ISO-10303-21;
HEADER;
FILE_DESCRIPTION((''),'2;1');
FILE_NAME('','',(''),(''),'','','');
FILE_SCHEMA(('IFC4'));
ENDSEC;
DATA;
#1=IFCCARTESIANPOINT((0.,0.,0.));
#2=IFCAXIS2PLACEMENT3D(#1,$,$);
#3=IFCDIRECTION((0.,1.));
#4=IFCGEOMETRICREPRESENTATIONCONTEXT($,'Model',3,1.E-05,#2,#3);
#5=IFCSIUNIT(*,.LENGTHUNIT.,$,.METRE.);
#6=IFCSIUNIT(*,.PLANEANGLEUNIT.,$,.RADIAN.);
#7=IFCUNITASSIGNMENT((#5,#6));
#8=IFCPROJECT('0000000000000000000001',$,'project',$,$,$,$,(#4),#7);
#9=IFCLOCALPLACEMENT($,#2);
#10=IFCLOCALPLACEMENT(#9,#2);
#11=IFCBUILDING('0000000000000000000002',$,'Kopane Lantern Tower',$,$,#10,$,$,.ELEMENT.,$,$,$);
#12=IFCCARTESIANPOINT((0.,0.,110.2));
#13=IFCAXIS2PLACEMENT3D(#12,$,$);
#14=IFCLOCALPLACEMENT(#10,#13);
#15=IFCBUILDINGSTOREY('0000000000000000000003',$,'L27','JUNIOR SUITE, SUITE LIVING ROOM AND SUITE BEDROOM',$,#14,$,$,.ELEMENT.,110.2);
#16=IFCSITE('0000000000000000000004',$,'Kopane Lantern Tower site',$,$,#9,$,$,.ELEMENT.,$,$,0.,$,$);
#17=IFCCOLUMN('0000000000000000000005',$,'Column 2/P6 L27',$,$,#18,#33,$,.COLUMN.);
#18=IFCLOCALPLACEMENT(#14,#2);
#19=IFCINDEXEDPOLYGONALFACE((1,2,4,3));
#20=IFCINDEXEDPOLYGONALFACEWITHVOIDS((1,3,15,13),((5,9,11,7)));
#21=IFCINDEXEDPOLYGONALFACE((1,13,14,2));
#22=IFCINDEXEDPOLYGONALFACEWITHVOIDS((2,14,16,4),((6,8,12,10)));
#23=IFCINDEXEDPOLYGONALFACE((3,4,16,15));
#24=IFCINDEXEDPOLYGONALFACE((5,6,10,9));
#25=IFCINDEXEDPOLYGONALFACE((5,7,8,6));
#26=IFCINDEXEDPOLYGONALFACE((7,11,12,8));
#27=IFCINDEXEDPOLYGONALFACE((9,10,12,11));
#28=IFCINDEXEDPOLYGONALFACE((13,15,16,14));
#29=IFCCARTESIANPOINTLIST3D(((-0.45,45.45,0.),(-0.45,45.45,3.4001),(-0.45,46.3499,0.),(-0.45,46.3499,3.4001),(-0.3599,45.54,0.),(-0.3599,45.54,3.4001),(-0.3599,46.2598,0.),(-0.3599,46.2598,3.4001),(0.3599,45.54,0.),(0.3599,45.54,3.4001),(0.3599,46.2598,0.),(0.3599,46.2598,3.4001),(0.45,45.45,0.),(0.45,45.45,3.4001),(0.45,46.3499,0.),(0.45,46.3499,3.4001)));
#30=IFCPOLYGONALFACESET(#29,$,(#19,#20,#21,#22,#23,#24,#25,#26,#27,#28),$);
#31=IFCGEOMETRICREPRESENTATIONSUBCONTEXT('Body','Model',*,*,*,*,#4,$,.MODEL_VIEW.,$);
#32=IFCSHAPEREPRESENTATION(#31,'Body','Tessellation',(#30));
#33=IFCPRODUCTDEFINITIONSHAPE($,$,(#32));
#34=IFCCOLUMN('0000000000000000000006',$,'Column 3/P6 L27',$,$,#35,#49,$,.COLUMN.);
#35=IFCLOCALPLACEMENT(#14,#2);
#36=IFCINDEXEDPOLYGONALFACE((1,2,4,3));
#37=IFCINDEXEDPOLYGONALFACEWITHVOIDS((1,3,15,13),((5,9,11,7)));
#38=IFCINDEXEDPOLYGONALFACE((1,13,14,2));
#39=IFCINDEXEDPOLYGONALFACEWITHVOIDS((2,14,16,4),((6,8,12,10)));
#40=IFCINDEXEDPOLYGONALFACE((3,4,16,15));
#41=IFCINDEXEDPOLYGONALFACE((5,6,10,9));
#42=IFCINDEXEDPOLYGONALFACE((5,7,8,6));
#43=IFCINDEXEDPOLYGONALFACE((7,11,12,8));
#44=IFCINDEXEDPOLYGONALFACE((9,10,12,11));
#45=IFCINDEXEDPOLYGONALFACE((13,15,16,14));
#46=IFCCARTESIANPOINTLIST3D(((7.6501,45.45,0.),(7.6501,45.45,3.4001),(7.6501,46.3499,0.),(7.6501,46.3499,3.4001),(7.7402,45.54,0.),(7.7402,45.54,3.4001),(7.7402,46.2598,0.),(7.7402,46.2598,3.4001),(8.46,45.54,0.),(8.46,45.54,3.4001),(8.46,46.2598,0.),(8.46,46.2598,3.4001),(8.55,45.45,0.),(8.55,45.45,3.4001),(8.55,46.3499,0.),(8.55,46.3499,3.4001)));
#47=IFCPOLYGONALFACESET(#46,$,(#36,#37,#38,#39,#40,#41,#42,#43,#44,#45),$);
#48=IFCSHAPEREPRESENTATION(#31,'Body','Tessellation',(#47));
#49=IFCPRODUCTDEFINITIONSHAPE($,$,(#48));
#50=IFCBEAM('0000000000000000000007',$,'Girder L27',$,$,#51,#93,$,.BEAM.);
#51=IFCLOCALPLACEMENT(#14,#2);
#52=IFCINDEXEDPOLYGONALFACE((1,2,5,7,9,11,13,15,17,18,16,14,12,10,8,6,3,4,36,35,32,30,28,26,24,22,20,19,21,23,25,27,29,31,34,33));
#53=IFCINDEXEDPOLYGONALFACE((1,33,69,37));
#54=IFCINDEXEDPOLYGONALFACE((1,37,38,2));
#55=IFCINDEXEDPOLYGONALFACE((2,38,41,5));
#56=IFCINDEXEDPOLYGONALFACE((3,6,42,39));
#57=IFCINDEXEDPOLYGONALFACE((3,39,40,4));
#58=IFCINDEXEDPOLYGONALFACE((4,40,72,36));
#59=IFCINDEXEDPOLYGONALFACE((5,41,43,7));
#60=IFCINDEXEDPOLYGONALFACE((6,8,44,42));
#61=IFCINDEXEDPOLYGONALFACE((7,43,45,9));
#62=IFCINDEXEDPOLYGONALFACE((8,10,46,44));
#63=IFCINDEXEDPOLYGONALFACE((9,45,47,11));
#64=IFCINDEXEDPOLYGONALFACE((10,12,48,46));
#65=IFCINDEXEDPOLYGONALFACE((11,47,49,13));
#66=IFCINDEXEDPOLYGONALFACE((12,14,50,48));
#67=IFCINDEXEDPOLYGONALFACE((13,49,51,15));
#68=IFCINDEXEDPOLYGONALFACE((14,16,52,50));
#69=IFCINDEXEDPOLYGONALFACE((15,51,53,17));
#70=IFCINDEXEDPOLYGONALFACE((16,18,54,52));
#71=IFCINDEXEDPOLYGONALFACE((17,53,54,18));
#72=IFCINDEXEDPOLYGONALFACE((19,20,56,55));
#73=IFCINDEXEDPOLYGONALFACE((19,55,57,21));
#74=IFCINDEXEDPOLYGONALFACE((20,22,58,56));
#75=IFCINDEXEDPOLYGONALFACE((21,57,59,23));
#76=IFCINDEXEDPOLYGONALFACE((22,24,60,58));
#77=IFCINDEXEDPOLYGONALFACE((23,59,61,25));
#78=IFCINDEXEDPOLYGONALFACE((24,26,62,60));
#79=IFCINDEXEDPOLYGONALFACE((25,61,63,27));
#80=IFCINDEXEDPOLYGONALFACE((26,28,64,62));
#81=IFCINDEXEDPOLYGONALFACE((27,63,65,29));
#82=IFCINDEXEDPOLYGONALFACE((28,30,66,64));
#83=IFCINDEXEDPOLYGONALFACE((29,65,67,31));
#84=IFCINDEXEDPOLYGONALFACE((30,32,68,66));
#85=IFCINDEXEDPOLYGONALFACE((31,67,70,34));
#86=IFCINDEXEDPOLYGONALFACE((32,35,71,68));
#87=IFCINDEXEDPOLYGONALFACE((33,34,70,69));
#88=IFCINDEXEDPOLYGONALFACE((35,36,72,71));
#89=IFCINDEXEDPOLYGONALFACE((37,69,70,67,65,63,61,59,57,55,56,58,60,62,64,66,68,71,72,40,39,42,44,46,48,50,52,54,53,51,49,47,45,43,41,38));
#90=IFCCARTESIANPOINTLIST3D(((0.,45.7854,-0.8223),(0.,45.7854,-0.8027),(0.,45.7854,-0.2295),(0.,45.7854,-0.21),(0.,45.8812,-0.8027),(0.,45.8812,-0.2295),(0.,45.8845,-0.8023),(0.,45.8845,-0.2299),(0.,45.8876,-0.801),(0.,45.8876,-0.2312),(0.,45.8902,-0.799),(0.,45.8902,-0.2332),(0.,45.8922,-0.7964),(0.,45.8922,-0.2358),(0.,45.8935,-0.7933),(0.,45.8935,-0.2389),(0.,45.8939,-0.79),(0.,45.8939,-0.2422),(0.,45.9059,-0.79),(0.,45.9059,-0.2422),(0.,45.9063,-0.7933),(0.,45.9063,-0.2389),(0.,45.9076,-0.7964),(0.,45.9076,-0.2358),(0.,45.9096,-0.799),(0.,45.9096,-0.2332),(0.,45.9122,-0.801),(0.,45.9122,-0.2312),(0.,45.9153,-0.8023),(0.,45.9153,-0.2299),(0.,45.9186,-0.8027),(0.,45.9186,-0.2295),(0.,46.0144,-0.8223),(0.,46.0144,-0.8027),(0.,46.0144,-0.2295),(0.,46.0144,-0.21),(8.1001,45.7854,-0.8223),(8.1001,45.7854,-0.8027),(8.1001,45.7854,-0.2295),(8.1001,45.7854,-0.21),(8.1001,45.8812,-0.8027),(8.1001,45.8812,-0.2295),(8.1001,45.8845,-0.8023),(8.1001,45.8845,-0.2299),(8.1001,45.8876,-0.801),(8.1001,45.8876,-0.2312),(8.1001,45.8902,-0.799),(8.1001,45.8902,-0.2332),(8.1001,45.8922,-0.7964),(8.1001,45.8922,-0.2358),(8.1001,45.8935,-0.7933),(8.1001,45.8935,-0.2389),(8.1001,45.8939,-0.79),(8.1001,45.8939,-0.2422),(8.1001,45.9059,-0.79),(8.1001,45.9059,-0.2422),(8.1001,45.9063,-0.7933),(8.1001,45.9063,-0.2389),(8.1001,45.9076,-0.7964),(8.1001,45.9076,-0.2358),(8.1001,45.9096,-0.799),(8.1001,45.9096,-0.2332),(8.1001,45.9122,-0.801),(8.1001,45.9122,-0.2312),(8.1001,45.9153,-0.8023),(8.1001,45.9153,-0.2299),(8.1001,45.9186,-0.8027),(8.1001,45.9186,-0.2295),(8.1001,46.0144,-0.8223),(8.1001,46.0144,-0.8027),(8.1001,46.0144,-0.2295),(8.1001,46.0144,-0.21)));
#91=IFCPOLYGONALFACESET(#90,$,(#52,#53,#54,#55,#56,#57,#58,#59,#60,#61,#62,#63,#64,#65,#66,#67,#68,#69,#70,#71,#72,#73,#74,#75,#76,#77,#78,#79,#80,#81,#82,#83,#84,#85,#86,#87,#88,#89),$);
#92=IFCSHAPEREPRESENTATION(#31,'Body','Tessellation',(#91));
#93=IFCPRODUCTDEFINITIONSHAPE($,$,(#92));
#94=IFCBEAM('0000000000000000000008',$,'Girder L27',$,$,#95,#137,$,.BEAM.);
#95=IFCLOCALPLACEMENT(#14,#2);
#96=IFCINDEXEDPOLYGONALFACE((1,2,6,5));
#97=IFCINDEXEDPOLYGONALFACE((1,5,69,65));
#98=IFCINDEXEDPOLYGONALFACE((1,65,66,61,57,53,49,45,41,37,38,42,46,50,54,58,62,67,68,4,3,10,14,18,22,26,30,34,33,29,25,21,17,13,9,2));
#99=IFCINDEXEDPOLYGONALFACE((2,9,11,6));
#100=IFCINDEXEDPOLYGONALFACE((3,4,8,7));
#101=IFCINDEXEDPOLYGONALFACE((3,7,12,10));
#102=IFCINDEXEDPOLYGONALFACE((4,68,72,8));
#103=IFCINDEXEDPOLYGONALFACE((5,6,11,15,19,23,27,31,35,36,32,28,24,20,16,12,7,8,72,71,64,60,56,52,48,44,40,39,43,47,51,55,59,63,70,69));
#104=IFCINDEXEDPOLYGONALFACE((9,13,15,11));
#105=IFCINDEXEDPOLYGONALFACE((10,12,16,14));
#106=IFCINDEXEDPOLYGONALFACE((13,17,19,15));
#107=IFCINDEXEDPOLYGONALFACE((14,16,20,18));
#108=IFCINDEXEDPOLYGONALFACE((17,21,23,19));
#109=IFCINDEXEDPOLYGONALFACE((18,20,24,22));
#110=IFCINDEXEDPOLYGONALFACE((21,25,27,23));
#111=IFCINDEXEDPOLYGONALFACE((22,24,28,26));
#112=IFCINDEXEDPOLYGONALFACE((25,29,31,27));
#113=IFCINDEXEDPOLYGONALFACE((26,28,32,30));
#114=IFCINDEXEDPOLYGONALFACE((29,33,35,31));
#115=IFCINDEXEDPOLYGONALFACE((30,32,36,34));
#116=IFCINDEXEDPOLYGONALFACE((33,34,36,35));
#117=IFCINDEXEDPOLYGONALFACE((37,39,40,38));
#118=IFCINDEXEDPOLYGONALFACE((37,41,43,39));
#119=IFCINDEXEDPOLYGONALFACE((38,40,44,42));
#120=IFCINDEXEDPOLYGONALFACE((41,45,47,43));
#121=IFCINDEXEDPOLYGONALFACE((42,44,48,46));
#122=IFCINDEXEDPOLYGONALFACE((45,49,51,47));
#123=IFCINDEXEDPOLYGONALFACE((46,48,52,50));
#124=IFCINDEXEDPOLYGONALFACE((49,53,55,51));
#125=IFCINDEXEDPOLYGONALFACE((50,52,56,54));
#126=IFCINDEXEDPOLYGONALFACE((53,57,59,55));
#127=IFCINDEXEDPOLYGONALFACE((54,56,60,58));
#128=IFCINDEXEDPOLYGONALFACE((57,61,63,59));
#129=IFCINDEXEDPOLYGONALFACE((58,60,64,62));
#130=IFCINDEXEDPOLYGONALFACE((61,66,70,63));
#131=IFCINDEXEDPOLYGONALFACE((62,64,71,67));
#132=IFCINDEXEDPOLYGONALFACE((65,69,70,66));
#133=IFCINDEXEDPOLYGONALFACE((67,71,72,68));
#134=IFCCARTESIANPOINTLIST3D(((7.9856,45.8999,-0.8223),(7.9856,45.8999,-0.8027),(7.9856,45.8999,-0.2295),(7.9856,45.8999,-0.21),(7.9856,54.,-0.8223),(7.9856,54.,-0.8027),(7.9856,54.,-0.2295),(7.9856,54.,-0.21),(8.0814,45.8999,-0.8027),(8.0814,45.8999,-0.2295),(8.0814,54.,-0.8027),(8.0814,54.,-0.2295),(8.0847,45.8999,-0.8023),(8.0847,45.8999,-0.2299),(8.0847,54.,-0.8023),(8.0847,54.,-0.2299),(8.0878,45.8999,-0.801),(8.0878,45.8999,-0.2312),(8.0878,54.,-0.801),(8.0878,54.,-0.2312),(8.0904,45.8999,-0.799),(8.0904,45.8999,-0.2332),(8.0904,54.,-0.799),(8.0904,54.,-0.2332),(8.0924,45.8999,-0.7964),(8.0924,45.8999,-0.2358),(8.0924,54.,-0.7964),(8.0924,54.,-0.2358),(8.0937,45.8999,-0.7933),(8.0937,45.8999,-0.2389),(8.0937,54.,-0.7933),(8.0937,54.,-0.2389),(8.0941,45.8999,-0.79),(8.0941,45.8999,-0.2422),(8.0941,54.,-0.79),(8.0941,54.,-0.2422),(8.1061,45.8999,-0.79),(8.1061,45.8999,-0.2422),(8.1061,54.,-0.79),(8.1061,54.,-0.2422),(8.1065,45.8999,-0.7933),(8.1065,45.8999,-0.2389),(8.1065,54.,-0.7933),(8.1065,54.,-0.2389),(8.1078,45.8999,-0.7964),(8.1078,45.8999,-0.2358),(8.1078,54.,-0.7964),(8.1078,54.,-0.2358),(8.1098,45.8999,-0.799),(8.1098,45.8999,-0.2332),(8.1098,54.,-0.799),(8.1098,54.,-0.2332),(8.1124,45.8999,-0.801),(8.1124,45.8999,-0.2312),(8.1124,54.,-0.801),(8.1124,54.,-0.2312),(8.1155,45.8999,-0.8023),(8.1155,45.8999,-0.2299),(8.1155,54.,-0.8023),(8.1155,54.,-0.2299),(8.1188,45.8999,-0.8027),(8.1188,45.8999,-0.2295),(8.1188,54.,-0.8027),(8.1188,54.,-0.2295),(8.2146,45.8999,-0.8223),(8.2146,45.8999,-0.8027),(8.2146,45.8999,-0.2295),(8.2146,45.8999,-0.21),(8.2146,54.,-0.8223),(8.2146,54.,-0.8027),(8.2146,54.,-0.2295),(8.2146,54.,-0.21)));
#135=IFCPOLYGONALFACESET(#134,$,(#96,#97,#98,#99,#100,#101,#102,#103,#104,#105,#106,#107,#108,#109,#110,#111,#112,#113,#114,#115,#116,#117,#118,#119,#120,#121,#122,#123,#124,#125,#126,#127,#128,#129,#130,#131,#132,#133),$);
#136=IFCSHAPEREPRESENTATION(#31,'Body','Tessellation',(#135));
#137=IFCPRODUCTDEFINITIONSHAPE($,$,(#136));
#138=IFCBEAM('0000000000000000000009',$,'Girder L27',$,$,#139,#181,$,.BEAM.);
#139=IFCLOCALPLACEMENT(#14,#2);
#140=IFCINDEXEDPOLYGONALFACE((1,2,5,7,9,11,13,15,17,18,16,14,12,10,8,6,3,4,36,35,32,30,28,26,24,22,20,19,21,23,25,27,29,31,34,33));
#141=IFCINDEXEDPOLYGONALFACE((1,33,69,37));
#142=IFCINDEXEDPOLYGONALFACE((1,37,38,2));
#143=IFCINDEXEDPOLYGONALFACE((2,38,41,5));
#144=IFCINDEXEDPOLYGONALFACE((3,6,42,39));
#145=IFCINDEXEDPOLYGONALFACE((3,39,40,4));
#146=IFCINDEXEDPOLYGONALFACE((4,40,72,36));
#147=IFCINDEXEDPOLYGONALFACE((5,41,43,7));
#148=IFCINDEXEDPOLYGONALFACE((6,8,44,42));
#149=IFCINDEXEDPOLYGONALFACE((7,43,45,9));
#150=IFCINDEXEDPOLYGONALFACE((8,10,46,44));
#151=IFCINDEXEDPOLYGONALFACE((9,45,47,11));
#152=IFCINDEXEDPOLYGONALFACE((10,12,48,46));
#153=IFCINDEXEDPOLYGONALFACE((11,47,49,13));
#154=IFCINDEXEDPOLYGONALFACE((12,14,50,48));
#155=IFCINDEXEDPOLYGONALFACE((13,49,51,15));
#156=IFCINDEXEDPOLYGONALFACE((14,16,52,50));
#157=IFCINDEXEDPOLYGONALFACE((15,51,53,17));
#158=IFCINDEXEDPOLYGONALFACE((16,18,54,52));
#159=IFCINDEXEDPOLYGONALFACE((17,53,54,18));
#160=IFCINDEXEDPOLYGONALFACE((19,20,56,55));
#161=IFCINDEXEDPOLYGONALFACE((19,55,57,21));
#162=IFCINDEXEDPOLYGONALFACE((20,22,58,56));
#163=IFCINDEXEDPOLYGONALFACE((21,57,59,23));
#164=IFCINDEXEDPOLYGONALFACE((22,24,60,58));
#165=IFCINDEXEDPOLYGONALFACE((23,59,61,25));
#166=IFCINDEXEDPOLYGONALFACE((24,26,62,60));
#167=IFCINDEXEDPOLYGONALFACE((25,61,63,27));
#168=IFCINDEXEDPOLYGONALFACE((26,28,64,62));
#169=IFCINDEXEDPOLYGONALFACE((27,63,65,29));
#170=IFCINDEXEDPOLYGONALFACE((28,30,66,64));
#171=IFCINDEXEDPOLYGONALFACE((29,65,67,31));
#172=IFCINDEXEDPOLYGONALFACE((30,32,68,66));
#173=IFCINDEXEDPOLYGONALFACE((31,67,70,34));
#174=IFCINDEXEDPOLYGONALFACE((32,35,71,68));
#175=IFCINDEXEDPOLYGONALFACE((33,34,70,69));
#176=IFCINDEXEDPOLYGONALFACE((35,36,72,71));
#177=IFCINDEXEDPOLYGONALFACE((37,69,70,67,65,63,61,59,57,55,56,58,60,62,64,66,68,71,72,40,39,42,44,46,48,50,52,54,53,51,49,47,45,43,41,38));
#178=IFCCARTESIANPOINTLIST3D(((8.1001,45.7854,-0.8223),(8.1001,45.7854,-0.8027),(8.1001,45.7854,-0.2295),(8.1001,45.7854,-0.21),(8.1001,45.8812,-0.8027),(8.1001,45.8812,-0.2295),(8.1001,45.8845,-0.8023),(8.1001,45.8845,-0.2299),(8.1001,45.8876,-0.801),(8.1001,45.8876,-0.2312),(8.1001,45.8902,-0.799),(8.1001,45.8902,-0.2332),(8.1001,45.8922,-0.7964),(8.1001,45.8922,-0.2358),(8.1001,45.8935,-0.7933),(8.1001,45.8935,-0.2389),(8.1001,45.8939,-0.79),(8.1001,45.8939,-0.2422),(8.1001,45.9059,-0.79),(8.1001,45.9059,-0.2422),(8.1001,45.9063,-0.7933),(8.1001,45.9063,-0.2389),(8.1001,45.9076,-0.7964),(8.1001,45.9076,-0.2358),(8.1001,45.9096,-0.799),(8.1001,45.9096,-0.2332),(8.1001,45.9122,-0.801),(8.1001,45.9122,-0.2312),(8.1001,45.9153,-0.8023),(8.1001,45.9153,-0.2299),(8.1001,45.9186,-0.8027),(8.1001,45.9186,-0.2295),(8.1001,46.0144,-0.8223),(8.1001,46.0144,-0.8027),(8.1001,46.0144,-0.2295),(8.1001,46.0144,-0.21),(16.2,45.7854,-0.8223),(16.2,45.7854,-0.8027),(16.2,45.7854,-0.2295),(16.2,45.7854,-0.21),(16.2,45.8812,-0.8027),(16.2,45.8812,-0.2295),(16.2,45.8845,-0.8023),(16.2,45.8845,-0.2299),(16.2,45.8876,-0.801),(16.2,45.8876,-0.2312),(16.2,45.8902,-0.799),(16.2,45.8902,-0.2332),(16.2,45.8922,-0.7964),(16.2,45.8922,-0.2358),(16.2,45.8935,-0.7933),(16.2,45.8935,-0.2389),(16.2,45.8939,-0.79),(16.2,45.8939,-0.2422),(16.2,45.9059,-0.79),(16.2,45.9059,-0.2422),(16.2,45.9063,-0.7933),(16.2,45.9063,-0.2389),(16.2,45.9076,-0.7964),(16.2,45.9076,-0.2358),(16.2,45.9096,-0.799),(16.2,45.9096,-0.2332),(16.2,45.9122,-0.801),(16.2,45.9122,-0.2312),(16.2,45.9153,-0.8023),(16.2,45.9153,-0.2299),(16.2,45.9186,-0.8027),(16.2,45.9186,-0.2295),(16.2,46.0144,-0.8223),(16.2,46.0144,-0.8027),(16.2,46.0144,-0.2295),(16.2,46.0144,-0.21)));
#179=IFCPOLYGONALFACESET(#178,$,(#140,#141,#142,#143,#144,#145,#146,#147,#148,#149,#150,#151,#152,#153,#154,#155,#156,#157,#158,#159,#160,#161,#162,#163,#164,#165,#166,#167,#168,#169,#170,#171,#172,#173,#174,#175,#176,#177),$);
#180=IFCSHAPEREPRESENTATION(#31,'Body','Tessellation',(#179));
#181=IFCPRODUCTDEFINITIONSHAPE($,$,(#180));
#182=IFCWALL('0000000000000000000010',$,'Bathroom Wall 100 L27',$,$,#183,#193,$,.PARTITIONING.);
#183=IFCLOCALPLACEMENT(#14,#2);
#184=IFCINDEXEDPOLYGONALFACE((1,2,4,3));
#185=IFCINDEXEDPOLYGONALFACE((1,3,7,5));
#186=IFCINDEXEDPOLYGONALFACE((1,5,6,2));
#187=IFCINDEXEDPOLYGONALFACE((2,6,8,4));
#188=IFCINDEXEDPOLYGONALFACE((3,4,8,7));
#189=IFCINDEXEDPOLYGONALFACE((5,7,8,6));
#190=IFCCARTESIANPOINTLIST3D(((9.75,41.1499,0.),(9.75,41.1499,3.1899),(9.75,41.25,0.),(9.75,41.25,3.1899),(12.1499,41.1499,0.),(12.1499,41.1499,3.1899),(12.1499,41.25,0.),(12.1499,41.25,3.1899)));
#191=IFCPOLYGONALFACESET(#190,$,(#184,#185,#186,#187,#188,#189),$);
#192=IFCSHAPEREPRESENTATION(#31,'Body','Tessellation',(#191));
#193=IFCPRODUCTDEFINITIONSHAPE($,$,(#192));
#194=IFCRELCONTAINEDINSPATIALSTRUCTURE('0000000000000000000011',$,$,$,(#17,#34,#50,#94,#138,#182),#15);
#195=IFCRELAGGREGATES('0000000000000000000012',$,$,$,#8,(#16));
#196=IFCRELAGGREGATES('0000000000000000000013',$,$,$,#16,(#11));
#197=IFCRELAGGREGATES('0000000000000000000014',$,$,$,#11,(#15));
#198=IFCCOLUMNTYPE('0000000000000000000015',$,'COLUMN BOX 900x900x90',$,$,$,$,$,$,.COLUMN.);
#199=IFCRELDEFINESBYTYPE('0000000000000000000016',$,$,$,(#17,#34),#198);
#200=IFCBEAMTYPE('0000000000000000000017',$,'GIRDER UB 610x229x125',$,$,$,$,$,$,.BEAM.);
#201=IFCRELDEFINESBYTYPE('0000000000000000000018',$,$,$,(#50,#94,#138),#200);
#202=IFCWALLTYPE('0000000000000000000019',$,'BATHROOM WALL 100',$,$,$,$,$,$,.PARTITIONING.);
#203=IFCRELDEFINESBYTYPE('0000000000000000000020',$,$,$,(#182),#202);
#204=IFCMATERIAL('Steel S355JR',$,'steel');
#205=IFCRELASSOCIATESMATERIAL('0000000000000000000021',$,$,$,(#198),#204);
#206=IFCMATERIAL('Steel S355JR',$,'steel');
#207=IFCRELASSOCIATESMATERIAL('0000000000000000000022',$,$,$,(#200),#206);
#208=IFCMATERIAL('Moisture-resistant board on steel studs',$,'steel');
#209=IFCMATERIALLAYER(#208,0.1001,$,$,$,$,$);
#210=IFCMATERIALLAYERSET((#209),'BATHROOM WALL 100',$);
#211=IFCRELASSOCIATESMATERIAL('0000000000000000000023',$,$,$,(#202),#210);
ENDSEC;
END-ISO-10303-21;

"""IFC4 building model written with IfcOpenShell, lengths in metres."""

from ifc_helpers import new_model, si_unit, direction, frame, frame_2d, origin, origin_2d, place, context, subcontext, project, spatial, rectangle, hollow_rectangle, i_section, extrude, material, layer, layer_set, material_profile, profile_set, type_object, element, save


model = new_model("IFC4")

# Units and contexts
model_context = context("Model", 3, precision=1e-05, world=origin(), true_north=direction((0.0, 1.0)))
body_context = subcontext(model_context, "Body", "Model", "MODEL_VIEW")
ifc_project = project(units=[si_unit("LENGTHUNIT", "METRE"), si_unit("PLANEANGLEUNIT", "RADIAN")], contexts=[model_context])

# Site, building, storey
site_placement = place(None, origin())
site = spatial("IfcSite", under=ifc_project, at=site_placement, Name="Kopane Lantern Tower site", CompositionType="ELEMENT", RefElevation=0.0)
building_placement = place(site_placement, origin())
building = spatial("IfcBuilding", under=site, at=building_placement, Name="Kopane Lantern Tower", CompositionType="ELEMENT")
storey_placement = place(building_placement, frame((0.0, 0.0, 110.2)))
storey = spatial("IfcBuildingStorey", under=building, at=storey_placement, Name="L27", Description="JUNIOR SUITE, SUITE LIVING ROOM AND SUITE BEDROOM", CompositionType="ELEMENT", Elevation=110.2)

# Columns
ifc_material_1 = material(Name="Steel S355JR", Category="steel")
ifc_material_profile_1 = material_profile(ifc_material_1, hollow_rectangle(XDim=0.8999, YDim=0.8999, WallThickness=0.0901, at=origin_2d()), Name="BOX 900x900x90")
ifc_profile_set_1 = profile_set([ifc_material_profile_1], Name="Steel S355JR")
column_type = type_object("IfcColumnType", Name="COLUMN BOX 900x900x90", PredefinedType="COLUMN", material=ifc_profile_set_1)
for number, where, z_axis, x_axis, name in (
    (1, (0.0, 45.8999, 0.0), (0.0, 0.0, 1.0), (1.0, 0.0, 0.0), "Column 2/P6 L27"),
    (2, (8.1001, 45.8999, 0.0), (0.0, 0.0, 1.0), (1.0, 0.0, 0.0), "Column 3/P6 L27"),
):
    element("IfcColumn", number, at=place(storey_placement, frame(where, z_axis=z_axis, x_axis=x_axis)), inside=storey, type_object=column_type, Name=name, PredefinedType="COLUMN", context=body_context, shape_type="SweptSolid", body=[
        extrude(hollow_rectangle(XDim=0.8999, YDim=0.8999, WallThickness=0.0901, at=origin_2d()), origin(), (0.0, 0.0, 1.0), 3.4001),
    ])

# Beams
ifc_material_2 = material(Name="Steel S355JR", Category="steel")
ifc_material_profile_2 = material_profile(ifc_material_2, i_section(OverallWidth=0.229, OverallDepth=0.6123, WebThickness=0.012, FlangeThickness=0.0195, FilletRadius=0.0127, at=origin_2d()), Name="UB 610x229x125")
ifc_profile_set_2 = profile_set([ifc_material_profile_2], Name="Steel S355JR")
beam_type = type_object("IfcBeamType", Name="GIRDER UB 610x229x125", PredefinedType="BEAM", material=ifc_profile_set_2)
for number, where, z_axis, x_axis, name in (
    (3, (0.0, 45.8999, -0.5161), (1.0, 0.0, 0.0), (0.0, 1.0, 0.0), "Girder L27"),
    (4, (8.1001, 45.8999, -0.5161), (0.0, 1.0, 0.0), (-1.0, 0.0, 0.0), "Girder L27"),
):
    element("IfcBeam", number, at=place(storey_placement, frame(where, z_axis=z_axis, x_axis=x_axis)), inside=storey, type_object=beam_type, Name=name, PredefinedType="BEAM", context=body_context, shape_type="SweptSolid", body=[
        extrude(i_section(OverallWidth=0.229, OverallDepth=0.6123, WebThickness=0.012, FlangeThickness=0.0195, FilletRadius=0.0127, at=origin_2d()), origin(), (0.0, 0.0, 1.0), 8.1001),
    ])
beam_placement = place(storey_placement, frame((8.1001, 45.8999, -0.5161), z_axis=(1.0, 0.0, 0.0), x_axis=(0.0, 1.0, 0.0)))
element("IfcBeam", 5, at=beam_placement, inside=storey, type_object=beam_type, Name="Girder L27", PredefinedType="BEAM", context=body_context, shape_type="SweptSolid", body=[
    extrude(i_section(OverallWidth=0.229, OverallDepth=0.6123, WebThickness=0.012, FlangeThickness=0.0195, FilletRadius=0.0127, at=origin_2d()), origin(), (0.0, 0.0, 1.0), 8.0999),
])

# Wall
ifc_material_3 = material(Name="Moisture-resistant board on steel studs", Category="steel")
ifc_layer_1 = layer(ifc_material_3, 0.1001)
ifc_layer_set_1 = layer_set([ifc_layer_1], Name="BATHROOM WALL 100")
wall_type_1 = type_object("IfcWallType", Name="BATHROOM WALL 100", PredefinedType="PARTITIONING", material=ifc_layer_set_1)
for number, where, z_axis, x_axis, name in (
    (6, (12.1499, 41.2, 0.0), (0.0, 0.0, 1.0), (-1.0, 0.0, 0.0), "Bathroom Wall 100 L27"),
):
    element("IfcWall", number, at=place(storey_placement, frame(where, z_axis=z_axis, x_axis=x_axis)), inside=storey, type_object=wall_type_1, Name=name, PredefinedType="PARTITIONING", context=body_context, shape_type="SweptSolid", body=[
        extrude(rectangle(XDim=2.3999, YDim=0.1001, at=frame_2d((1.2, 0.0))), origin(), (0.0, 0.0, 1.0), 3.1899),
    ])

save(model, "model.ifc")
